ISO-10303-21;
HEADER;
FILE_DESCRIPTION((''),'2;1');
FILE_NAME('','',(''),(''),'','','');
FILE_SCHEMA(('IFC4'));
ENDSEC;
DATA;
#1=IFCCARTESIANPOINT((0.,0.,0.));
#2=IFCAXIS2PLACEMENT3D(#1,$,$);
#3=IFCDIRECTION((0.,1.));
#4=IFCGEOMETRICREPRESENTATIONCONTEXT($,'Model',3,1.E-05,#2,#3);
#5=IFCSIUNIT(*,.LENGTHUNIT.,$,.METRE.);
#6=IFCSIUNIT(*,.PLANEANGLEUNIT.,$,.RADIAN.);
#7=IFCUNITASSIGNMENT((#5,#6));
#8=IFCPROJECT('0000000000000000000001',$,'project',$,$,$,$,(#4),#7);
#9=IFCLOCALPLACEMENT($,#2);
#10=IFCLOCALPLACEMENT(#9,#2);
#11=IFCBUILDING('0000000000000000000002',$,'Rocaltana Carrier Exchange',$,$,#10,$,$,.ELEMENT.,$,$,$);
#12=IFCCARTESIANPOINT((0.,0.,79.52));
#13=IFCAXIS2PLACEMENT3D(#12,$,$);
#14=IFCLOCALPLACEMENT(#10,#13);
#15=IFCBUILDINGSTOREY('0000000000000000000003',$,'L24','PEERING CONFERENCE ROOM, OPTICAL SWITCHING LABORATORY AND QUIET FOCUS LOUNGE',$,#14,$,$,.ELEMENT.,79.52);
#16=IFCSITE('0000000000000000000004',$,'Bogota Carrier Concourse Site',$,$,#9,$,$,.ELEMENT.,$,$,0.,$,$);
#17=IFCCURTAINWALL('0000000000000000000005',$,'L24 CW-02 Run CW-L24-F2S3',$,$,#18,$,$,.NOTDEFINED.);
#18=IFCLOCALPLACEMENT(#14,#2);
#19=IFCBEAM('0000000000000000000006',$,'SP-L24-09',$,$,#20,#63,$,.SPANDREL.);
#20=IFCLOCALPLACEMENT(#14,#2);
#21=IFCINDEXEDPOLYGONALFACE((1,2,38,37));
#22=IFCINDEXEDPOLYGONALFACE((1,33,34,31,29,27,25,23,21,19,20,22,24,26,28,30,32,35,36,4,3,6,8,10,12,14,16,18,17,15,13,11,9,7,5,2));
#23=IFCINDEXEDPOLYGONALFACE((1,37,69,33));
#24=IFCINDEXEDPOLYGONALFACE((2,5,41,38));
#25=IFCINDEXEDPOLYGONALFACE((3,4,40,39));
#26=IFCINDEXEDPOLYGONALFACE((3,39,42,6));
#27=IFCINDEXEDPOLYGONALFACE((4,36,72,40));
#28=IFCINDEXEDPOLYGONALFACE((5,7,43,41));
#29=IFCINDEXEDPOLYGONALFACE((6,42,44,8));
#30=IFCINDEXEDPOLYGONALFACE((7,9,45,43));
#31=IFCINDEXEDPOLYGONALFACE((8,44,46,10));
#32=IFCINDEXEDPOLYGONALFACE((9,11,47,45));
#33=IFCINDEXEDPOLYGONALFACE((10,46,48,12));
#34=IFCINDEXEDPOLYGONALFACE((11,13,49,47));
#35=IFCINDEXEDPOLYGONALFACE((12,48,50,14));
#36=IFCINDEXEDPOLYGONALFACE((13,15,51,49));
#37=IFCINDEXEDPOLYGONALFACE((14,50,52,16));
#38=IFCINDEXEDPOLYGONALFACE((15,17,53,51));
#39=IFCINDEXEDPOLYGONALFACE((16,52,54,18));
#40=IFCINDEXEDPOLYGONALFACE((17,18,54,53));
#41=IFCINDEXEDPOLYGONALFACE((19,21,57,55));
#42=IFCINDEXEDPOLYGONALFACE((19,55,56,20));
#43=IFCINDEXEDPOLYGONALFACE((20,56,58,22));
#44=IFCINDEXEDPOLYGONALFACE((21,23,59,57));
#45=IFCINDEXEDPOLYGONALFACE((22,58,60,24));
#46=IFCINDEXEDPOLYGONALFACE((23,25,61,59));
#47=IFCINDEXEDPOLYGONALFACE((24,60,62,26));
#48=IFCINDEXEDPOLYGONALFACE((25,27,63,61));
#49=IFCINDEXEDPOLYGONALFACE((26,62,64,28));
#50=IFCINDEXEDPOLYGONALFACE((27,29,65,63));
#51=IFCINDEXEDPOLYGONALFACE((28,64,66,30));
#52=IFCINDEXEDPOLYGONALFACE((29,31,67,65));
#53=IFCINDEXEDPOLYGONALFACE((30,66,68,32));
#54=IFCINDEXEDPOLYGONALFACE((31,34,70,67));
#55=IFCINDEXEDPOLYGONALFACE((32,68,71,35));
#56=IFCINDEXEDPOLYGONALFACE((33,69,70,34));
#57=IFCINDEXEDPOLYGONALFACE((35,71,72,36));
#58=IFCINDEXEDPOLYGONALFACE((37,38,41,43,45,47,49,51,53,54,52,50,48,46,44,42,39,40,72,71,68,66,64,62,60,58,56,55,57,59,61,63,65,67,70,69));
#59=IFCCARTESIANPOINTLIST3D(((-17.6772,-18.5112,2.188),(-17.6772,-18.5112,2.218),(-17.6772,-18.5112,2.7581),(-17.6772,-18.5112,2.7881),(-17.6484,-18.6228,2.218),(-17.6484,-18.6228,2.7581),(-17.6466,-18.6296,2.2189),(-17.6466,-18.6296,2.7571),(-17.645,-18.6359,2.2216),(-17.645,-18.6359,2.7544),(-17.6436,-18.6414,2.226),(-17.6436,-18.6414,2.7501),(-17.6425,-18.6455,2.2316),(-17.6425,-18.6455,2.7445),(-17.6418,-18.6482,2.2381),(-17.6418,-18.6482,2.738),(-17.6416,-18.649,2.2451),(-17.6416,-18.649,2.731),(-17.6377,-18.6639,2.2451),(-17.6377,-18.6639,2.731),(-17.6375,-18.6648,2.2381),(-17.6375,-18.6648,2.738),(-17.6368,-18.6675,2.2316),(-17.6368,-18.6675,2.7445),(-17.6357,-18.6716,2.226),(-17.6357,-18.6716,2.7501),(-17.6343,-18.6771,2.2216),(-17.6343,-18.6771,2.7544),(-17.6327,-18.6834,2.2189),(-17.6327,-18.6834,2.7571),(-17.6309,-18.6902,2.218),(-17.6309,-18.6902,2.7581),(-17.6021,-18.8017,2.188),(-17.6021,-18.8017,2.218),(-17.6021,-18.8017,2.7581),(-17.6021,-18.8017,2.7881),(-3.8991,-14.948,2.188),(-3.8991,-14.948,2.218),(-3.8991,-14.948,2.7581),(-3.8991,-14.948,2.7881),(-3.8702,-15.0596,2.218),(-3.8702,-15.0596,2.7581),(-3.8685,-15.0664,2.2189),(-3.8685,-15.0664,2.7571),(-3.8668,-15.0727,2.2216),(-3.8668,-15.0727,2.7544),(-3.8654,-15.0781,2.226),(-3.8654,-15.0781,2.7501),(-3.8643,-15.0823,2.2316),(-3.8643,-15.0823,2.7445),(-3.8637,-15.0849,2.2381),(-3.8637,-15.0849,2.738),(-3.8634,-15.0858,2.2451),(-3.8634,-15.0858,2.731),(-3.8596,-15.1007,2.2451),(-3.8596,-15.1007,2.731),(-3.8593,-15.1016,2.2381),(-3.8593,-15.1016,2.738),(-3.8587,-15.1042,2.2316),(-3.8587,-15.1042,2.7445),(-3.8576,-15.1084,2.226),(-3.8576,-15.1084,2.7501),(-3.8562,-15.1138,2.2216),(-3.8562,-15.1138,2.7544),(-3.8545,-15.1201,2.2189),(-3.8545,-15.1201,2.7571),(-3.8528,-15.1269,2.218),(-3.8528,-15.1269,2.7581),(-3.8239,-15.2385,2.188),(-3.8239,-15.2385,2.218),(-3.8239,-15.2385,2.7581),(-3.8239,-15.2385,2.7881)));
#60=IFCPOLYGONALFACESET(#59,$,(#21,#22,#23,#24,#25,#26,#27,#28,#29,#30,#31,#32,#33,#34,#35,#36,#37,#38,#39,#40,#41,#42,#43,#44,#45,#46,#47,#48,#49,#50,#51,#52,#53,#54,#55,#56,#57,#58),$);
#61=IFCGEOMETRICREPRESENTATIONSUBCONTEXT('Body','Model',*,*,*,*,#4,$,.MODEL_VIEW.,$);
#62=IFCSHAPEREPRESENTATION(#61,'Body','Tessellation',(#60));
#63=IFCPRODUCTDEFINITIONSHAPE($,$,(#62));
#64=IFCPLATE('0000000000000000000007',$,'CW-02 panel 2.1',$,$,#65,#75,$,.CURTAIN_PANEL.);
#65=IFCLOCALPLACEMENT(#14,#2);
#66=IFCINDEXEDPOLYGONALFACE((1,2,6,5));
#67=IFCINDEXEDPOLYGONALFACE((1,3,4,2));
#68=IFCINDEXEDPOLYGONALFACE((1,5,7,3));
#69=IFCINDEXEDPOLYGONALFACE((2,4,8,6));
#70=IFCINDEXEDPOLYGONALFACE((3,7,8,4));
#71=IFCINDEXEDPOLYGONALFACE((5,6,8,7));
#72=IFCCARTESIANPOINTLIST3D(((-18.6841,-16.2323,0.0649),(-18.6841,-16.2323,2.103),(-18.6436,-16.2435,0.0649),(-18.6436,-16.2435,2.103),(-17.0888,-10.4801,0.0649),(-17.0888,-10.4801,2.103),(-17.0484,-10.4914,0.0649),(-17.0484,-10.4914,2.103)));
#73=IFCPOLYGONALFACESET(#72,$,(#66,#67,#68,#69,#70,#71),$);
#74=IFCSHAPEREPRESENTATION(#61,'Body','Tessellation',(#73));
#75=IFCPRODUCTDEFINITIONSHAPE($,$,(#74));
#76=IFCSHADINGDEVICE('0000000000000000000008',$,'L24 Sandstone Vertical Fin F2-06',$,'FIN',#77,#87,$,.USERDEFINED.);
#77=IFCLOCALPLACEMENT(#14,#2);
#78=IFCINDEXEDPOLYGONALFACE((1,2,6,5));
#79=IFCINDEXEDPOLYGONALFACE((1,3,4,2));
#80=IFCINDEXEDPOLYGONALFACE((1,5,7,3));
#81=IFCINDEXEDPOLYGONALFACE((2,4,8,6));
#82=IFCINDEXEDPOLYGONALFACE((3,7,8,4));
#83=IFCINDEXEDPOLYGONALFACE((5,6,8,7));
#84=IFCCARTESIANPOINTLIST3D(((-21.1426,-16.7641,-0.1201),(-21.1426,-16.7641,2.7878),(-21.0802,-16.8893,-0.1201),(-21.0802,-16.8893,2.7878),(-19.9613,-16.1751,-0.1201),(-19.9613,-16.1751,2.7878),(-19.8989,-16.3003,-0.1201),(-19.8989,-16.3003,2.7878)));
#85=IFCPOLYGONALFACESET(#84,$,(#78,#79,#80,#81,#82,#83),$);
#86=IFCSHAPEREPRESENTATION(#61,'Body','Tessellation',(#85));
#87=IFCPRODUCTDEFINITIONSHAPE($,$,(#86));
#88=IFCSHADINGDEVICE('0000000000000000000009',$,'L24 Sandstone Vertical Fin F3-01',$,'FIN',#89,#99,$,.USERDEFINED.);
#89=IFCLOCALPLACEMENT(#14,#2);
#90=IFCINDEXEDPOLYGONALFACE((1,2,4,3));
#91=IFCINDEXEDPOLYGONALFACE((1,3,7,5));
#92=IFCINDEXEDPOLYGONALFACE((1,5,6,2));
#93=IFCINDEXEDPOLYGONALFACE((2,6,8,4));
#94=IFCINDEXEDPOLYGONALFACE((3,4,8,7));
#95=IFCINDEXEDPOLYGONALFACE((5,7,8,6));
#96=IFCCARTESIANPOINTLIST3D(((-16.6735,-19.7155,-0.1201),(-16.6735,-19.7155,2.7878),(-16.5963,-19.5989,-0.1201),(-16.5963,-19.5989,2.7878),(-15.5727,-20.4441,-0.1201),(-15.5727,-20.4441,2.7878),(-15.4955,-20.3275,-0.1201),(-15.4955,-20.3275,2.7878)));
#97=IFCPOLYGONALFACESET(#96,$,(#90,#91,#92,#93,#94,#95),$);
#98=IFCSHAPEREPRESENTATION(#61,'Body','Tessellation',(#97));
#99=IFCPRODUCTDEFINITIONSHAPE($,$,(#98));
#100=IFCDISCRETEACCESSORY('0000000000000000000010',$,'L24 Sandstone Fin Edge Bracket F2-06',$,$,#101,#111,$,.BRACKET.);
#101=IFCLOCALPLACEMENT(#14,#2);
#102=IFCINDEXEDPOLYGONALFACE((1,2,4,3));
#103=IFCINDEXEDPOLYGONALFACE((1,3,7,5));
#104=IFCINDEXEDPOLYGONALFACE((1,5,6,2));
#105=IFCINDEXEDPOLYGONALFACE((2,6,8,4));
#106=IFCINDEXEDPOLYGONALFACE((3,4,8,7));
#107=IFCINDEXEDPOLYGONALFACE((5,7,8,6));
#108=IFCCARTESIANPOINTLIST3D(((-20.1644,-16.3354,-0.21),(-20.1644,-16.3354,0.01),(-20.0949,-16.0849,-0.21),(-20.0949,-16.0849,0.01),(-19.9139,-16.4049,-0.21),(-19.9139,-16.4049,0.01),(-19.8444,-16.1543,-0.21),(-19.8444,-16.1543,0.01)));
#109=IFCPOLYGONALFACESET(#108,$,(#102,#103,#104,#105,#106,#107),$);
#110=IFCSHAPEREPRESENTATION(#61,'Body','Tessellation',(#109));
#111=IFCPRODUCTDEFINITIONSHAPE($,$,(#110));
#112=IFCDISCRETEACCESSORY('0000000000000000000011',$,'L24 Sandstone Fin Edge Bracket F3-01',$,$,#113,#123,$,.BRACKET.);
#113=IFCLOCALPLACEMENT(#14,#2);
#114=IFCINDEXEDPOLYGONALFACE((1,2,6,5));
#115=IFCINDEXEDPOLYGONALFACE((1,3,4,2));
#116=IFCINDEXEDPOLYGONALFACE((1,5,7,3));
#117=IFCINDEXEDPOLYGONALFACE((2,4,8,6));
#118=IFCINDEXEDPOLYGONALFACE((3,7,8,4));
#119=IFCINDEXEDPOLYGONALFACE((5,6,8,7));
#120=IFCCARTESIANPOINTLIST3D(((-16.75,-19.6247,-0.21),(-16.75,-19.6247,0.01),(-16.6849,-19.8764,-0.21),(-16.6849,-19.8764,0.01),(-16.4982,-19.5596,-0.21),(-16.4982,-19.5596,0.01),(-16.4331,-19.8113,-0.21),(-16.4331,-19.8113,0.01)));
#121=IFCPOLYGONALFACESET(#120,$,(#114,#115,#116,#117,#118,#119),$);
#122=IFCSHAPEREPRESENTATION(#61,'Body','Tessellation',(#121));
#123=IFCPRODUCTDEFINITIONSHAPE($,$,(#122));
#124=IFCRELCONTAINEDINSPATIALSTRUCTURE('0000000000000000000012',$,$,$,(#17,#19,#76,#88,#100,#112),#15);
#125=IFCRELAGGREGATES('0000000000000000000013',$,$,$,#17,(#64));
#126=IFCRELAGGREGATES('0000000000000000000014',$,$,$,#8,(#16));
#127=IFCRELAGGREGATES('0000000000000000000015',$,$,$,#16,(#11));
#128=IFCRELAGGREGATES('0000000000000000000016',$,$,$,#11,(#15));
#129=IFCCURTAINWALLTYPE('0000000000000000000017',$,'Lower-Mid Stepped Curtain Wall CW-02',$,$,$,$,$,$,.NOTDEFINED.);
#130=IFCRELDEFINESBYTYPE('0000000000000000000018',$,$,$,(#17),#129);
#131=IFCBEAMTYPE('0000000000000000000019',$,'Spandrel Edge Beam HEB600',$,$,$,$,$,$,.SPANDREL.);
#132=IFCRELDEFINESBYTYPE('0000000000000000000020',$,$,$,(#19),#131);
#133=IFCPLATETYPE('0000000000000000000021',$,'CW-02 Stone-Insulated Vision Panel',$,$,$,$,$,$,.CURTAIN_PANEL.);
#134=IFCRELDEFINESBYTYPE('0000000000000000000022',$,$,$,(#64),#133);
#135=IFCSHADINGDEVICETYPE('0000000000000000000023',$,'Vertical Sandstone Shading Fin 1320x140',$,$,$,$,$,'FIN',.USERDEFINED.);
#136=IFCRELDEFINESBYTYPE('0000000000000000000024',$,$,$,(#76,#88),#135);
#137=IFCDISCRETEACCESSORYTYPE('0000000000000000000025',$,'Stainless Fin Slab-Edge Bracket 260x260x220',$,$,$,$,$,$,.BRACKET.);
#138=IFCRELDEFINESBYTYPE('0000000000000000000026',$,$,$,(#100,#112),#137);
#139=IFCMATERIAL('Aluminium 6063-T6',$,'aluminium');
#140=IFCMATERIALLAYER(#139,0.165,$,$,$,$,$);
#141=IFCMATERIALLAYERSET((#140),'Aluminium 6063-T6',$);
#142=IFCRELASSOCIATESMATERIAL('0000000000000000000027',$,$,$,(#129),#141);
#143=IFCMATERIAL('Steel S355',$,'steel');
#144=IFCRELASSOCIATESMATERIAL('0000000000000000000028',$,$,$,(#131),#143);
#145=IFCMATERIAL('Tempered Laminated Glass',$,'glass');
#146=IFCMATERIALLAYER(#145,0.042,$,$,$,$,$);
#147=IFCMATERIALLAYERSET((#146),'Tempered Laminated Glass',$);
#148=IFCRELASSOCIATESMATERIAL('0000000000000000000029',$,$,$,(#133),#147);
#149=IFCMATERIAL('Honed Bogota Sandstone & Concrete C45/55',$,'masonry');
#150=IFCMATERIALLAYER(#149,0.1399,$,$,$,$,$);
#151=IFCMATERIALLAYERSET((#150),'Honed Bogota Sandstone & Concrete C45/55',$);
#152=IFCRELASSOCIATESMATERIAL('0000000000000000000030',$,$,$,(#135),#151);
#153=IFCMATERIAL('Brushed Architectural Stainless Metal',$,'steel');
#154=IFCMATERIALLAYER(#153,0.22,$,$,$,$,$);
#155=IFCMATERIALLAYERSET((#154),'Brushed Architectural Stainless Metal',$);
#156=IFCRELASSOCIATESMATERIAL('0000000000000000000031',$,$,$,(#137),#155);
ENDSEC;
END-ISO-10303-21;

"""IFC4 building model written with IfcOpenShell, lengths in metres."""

from ifc_helpers import new_model, si_unit, direction, frame, origin, origin_2d, place, context, subcontext, project, spatial, rectangle, i_section, extrude, material, layer, layer_set, material_profile, profile_set, type_object, element, aggregate, save


model = new_model("IFC4")

# Units and contexts
model_context = context("Model", 3, precision=1e-05, world=origin(), true_north=direction((0.0, 1.0)))
body_context = subcontext(model_context, "Body", "Model", "MODEL_VIEW")
ifc_project = project(units=[si_unit("LENGTHUNIT", "METRE"), si_unit("PLANEANGLEUNIT", "RADIAN")], contexts=[model_context])

# Site, building, storey
site_placement = place(None, origin())
site = spatial("IfcSite", under=ifc_project, at=site_placement, Name="Bogota Carrier Concourse Site", CompositionType="ELEMENT", RefElevation=0.0)
building_placement = place(site_placement, origin())
building = spatial("IfcBuilding", under=site, at=building_placement, Name="Rocaltana Carrier Exchange", CompositionType="ELEMENT")
storey_placement = place(building_placement, frame((0.0, 0.0, 79.52)))
storey = spatial("IfcBuildingStorey", under=building, at=storey_placement, Name="L24", Description="PEERING CONFERENCE ROOM, OPTICAL SWITCHING LABORATORY AND QUIET FOCUS LOUNGE", CompositionType="ELEMENT", Elevation=79.52)

# Curtain wall
ifc_material_1 = material(Name="Aluminium 6063-T6", Category="aluminium")
ifc_layer_1 = layer(ifc_material_1, 0.165)
ifc_layer_set_1 = layer_set([ifc_layer_1], Name="Aluminium 6063-T6")
curtain_wall_type = type_object("IfcCurtainWallType", Name="Lower-Mid Stepped Curtain Wall CW-02", PredefinedType="NOTDEFINED", material=ifc_layer_set_1)
curtain_wall_1_placement = place(storey_placement, origin())
curtain_wall_1 = element("IfcCurtainWall", 1, at=curtain_wall_1_placement, inside=storey, type_object=curtain_wall_type, Name="L24 CW-02 Run CW-L24-F2S3", PredefinedType="NOTDEFINED")

# Beam
ifc_material_2 = material(Name="Steel S355", Category="steel")
ifc_material_profile_1 = material_profile(ifc_material_2, i_section(OverallWidth=0.3, OverallDepth=0.6001, WebThickness=0.0154, FlangeThickness=0.03, FilletRadius=0.0271, at=origin_2d()), Name="HEB600")
ifc_profile_set_1 = profile_set([ifc_material_profile_1], Name="Steel S355")
beam_type_1 = type_object("IfcBeamType", Name="Spandrel Edge Beam HEB600", PredefinedType="SPANDREL", material=ifc_profile_set_1)
beam_1_placement = place(storey_placement, frame((-17.6396, -18.6565, 2.488), z_axis=(0.968148, 0.250379, 0.0), x_axis=(-0.250379, 0.968148, 0.0)))
element("IfcBeam", 2, at=beam_1_placement, inside=storey, type_object=beam_type_1, Name="SP-L24-09", PredefinedType="SPANDREL", context=body_context, shape_type="SweptSolid", body=[
    extrude(i_section(OverallWidth=0.3, OverallDepth=0.6001, WebThickness=0.0154, FlangeThickness=0.03, FilletRadius=0.0271, at=origin_2d()), origin(), (0.0, 0.0, 1.0), 14.2314),
])

# Plate
ifc_material_3 = material(Name="Tempered Laminated Glass", Category="glass")
ifc_layer_2 = layer(ifc_material_3, 0.042)
ifc_layer_set_2 = layer_set([ifc_layer_2], Name="Tempered Laminated Glass")
plate_type = type_object("IfcPlateType", Name="CW-02 Stone-Insulated Vision Panel", PredefinedType="CURTAIN_PANEL", material=ifc_layer_set_2)
plate_placement = place(storey_placement, frame((-17.8662, -13.3618, 0.0649), z_axis=(0.0, 0.0, 1.0), x_axis=(-0.267243, -0.963629, 0.0)))
plate = element("IfcPlate", 3, at=plate_placement, type_object=plate_type, Name="CW-02 panel 2.1", PredefinedType="CURTAIN_PANEL", context=body_context, shape_type="SweptSolid", body=[
    extrude(rectangle(XDim=5.9692, YDim=0.042, at=origin_2d()), origin(), (0.0, 0.0, 1.0), 2.0381),
])
aggregate(curtain_wall_1, [plate])

# Shading devices
ifc_material_4 = material(Name="Honed Bogota Sandstone & Concrete C45/55", Category="masonry")
ifc_layer_3 = layer(ifc_material_4, 0.1399)
ifc_layer_set_3 = layer_set([ifc_layer_3], Name="Honed Bogota Sandstone & Concrete C45/55")
shading_device_type = type_object("IfcShadingDeviceType", Name="Vertical Sandstone Shading Fin 1320x140", ElementType="FIN", PredefinedType="USERDEFINED", material=ifc_layer_set_3)
for number, where, z_axis, x_axis, name in (
    (4, (-20.5208, -16.5322, -0.1201), (0.0, 0.0, 1.0), (-0.894934, -0.446198, 0.0), "L24 Sandstone Vertical Fin F2-06"),
    (5, (-16.0845, -20.0215, -0.1201), (0.0, 0.0, 1.0), (0.833886, -0.551937, 0.0), "L24 Sandstone Vertical Fin F3-01"),
):
    element("IfcShadingDevice", number, at=place(storey_placement, frame(where, z_axis=z_axis, x_axis=x_axis)), inside=storey, type_object=shading_device_type, Name=name, ObjectType="FIN", PredefinedType="USERDEFINED", context=body_context, shape_type="SweptSolid", body=[
        extrude(rectangle(XDim=1.3201, YDim=0.1399, at=origin_2d()), origin(), (0.0, 0.0, 1.0), 2.908),
    ])

# Discrete accessories
ifc_material_5 = material(Name="Brushed Architectural Stainless Metal", Category="steel")
ifc_layer_4 = layer(ifc_material_5, 0.22)
ifc_layer_set_4 = layer_set([ifc_layer_4], Name="Brushed Architectural Stainless Metal")
discrete_accessory_type = type_object("IfcDiscreteAccessoryType", Name="Stainless Fin Slab-Edge Bracket 260x260x220", PredefinedType="BRACKET", material=ifc_layer_set_4)
for number, where, z_axis, x_axis, name in (
    (6, (-20.0044, -16.2449, -0.21), (0.0, 0.0, 1.0), (-0.267238, -0.96363, 0.0), "L24 Sandstone Fin Edge Bracket F2-06"),
    (7, (-16.5916, -19.718, -0.21), (0.0, 0.0, 1.0), (0.968148, 0.25038, 0.0), "L24 Sandstone Fin Edge Bracket F3-01"),
):
    element("IfcDiscreteAccessory", number, at=place(storey_placement, frame(where, z_axis=z_axis, x_axis=x_axis)), inside=storey, type_object=discrete_accessory_type, Name=name, PredefinedType="BRACKET", context=body_context, shape_type="SweptSolid", body=[
        extrude(rectangle(XDim=0.26, YDim=0.26, at=origin_2d()), origin(), (0.0, 0.0, 1.0), 0.22),
    ])

save(model, "model.ifc")
